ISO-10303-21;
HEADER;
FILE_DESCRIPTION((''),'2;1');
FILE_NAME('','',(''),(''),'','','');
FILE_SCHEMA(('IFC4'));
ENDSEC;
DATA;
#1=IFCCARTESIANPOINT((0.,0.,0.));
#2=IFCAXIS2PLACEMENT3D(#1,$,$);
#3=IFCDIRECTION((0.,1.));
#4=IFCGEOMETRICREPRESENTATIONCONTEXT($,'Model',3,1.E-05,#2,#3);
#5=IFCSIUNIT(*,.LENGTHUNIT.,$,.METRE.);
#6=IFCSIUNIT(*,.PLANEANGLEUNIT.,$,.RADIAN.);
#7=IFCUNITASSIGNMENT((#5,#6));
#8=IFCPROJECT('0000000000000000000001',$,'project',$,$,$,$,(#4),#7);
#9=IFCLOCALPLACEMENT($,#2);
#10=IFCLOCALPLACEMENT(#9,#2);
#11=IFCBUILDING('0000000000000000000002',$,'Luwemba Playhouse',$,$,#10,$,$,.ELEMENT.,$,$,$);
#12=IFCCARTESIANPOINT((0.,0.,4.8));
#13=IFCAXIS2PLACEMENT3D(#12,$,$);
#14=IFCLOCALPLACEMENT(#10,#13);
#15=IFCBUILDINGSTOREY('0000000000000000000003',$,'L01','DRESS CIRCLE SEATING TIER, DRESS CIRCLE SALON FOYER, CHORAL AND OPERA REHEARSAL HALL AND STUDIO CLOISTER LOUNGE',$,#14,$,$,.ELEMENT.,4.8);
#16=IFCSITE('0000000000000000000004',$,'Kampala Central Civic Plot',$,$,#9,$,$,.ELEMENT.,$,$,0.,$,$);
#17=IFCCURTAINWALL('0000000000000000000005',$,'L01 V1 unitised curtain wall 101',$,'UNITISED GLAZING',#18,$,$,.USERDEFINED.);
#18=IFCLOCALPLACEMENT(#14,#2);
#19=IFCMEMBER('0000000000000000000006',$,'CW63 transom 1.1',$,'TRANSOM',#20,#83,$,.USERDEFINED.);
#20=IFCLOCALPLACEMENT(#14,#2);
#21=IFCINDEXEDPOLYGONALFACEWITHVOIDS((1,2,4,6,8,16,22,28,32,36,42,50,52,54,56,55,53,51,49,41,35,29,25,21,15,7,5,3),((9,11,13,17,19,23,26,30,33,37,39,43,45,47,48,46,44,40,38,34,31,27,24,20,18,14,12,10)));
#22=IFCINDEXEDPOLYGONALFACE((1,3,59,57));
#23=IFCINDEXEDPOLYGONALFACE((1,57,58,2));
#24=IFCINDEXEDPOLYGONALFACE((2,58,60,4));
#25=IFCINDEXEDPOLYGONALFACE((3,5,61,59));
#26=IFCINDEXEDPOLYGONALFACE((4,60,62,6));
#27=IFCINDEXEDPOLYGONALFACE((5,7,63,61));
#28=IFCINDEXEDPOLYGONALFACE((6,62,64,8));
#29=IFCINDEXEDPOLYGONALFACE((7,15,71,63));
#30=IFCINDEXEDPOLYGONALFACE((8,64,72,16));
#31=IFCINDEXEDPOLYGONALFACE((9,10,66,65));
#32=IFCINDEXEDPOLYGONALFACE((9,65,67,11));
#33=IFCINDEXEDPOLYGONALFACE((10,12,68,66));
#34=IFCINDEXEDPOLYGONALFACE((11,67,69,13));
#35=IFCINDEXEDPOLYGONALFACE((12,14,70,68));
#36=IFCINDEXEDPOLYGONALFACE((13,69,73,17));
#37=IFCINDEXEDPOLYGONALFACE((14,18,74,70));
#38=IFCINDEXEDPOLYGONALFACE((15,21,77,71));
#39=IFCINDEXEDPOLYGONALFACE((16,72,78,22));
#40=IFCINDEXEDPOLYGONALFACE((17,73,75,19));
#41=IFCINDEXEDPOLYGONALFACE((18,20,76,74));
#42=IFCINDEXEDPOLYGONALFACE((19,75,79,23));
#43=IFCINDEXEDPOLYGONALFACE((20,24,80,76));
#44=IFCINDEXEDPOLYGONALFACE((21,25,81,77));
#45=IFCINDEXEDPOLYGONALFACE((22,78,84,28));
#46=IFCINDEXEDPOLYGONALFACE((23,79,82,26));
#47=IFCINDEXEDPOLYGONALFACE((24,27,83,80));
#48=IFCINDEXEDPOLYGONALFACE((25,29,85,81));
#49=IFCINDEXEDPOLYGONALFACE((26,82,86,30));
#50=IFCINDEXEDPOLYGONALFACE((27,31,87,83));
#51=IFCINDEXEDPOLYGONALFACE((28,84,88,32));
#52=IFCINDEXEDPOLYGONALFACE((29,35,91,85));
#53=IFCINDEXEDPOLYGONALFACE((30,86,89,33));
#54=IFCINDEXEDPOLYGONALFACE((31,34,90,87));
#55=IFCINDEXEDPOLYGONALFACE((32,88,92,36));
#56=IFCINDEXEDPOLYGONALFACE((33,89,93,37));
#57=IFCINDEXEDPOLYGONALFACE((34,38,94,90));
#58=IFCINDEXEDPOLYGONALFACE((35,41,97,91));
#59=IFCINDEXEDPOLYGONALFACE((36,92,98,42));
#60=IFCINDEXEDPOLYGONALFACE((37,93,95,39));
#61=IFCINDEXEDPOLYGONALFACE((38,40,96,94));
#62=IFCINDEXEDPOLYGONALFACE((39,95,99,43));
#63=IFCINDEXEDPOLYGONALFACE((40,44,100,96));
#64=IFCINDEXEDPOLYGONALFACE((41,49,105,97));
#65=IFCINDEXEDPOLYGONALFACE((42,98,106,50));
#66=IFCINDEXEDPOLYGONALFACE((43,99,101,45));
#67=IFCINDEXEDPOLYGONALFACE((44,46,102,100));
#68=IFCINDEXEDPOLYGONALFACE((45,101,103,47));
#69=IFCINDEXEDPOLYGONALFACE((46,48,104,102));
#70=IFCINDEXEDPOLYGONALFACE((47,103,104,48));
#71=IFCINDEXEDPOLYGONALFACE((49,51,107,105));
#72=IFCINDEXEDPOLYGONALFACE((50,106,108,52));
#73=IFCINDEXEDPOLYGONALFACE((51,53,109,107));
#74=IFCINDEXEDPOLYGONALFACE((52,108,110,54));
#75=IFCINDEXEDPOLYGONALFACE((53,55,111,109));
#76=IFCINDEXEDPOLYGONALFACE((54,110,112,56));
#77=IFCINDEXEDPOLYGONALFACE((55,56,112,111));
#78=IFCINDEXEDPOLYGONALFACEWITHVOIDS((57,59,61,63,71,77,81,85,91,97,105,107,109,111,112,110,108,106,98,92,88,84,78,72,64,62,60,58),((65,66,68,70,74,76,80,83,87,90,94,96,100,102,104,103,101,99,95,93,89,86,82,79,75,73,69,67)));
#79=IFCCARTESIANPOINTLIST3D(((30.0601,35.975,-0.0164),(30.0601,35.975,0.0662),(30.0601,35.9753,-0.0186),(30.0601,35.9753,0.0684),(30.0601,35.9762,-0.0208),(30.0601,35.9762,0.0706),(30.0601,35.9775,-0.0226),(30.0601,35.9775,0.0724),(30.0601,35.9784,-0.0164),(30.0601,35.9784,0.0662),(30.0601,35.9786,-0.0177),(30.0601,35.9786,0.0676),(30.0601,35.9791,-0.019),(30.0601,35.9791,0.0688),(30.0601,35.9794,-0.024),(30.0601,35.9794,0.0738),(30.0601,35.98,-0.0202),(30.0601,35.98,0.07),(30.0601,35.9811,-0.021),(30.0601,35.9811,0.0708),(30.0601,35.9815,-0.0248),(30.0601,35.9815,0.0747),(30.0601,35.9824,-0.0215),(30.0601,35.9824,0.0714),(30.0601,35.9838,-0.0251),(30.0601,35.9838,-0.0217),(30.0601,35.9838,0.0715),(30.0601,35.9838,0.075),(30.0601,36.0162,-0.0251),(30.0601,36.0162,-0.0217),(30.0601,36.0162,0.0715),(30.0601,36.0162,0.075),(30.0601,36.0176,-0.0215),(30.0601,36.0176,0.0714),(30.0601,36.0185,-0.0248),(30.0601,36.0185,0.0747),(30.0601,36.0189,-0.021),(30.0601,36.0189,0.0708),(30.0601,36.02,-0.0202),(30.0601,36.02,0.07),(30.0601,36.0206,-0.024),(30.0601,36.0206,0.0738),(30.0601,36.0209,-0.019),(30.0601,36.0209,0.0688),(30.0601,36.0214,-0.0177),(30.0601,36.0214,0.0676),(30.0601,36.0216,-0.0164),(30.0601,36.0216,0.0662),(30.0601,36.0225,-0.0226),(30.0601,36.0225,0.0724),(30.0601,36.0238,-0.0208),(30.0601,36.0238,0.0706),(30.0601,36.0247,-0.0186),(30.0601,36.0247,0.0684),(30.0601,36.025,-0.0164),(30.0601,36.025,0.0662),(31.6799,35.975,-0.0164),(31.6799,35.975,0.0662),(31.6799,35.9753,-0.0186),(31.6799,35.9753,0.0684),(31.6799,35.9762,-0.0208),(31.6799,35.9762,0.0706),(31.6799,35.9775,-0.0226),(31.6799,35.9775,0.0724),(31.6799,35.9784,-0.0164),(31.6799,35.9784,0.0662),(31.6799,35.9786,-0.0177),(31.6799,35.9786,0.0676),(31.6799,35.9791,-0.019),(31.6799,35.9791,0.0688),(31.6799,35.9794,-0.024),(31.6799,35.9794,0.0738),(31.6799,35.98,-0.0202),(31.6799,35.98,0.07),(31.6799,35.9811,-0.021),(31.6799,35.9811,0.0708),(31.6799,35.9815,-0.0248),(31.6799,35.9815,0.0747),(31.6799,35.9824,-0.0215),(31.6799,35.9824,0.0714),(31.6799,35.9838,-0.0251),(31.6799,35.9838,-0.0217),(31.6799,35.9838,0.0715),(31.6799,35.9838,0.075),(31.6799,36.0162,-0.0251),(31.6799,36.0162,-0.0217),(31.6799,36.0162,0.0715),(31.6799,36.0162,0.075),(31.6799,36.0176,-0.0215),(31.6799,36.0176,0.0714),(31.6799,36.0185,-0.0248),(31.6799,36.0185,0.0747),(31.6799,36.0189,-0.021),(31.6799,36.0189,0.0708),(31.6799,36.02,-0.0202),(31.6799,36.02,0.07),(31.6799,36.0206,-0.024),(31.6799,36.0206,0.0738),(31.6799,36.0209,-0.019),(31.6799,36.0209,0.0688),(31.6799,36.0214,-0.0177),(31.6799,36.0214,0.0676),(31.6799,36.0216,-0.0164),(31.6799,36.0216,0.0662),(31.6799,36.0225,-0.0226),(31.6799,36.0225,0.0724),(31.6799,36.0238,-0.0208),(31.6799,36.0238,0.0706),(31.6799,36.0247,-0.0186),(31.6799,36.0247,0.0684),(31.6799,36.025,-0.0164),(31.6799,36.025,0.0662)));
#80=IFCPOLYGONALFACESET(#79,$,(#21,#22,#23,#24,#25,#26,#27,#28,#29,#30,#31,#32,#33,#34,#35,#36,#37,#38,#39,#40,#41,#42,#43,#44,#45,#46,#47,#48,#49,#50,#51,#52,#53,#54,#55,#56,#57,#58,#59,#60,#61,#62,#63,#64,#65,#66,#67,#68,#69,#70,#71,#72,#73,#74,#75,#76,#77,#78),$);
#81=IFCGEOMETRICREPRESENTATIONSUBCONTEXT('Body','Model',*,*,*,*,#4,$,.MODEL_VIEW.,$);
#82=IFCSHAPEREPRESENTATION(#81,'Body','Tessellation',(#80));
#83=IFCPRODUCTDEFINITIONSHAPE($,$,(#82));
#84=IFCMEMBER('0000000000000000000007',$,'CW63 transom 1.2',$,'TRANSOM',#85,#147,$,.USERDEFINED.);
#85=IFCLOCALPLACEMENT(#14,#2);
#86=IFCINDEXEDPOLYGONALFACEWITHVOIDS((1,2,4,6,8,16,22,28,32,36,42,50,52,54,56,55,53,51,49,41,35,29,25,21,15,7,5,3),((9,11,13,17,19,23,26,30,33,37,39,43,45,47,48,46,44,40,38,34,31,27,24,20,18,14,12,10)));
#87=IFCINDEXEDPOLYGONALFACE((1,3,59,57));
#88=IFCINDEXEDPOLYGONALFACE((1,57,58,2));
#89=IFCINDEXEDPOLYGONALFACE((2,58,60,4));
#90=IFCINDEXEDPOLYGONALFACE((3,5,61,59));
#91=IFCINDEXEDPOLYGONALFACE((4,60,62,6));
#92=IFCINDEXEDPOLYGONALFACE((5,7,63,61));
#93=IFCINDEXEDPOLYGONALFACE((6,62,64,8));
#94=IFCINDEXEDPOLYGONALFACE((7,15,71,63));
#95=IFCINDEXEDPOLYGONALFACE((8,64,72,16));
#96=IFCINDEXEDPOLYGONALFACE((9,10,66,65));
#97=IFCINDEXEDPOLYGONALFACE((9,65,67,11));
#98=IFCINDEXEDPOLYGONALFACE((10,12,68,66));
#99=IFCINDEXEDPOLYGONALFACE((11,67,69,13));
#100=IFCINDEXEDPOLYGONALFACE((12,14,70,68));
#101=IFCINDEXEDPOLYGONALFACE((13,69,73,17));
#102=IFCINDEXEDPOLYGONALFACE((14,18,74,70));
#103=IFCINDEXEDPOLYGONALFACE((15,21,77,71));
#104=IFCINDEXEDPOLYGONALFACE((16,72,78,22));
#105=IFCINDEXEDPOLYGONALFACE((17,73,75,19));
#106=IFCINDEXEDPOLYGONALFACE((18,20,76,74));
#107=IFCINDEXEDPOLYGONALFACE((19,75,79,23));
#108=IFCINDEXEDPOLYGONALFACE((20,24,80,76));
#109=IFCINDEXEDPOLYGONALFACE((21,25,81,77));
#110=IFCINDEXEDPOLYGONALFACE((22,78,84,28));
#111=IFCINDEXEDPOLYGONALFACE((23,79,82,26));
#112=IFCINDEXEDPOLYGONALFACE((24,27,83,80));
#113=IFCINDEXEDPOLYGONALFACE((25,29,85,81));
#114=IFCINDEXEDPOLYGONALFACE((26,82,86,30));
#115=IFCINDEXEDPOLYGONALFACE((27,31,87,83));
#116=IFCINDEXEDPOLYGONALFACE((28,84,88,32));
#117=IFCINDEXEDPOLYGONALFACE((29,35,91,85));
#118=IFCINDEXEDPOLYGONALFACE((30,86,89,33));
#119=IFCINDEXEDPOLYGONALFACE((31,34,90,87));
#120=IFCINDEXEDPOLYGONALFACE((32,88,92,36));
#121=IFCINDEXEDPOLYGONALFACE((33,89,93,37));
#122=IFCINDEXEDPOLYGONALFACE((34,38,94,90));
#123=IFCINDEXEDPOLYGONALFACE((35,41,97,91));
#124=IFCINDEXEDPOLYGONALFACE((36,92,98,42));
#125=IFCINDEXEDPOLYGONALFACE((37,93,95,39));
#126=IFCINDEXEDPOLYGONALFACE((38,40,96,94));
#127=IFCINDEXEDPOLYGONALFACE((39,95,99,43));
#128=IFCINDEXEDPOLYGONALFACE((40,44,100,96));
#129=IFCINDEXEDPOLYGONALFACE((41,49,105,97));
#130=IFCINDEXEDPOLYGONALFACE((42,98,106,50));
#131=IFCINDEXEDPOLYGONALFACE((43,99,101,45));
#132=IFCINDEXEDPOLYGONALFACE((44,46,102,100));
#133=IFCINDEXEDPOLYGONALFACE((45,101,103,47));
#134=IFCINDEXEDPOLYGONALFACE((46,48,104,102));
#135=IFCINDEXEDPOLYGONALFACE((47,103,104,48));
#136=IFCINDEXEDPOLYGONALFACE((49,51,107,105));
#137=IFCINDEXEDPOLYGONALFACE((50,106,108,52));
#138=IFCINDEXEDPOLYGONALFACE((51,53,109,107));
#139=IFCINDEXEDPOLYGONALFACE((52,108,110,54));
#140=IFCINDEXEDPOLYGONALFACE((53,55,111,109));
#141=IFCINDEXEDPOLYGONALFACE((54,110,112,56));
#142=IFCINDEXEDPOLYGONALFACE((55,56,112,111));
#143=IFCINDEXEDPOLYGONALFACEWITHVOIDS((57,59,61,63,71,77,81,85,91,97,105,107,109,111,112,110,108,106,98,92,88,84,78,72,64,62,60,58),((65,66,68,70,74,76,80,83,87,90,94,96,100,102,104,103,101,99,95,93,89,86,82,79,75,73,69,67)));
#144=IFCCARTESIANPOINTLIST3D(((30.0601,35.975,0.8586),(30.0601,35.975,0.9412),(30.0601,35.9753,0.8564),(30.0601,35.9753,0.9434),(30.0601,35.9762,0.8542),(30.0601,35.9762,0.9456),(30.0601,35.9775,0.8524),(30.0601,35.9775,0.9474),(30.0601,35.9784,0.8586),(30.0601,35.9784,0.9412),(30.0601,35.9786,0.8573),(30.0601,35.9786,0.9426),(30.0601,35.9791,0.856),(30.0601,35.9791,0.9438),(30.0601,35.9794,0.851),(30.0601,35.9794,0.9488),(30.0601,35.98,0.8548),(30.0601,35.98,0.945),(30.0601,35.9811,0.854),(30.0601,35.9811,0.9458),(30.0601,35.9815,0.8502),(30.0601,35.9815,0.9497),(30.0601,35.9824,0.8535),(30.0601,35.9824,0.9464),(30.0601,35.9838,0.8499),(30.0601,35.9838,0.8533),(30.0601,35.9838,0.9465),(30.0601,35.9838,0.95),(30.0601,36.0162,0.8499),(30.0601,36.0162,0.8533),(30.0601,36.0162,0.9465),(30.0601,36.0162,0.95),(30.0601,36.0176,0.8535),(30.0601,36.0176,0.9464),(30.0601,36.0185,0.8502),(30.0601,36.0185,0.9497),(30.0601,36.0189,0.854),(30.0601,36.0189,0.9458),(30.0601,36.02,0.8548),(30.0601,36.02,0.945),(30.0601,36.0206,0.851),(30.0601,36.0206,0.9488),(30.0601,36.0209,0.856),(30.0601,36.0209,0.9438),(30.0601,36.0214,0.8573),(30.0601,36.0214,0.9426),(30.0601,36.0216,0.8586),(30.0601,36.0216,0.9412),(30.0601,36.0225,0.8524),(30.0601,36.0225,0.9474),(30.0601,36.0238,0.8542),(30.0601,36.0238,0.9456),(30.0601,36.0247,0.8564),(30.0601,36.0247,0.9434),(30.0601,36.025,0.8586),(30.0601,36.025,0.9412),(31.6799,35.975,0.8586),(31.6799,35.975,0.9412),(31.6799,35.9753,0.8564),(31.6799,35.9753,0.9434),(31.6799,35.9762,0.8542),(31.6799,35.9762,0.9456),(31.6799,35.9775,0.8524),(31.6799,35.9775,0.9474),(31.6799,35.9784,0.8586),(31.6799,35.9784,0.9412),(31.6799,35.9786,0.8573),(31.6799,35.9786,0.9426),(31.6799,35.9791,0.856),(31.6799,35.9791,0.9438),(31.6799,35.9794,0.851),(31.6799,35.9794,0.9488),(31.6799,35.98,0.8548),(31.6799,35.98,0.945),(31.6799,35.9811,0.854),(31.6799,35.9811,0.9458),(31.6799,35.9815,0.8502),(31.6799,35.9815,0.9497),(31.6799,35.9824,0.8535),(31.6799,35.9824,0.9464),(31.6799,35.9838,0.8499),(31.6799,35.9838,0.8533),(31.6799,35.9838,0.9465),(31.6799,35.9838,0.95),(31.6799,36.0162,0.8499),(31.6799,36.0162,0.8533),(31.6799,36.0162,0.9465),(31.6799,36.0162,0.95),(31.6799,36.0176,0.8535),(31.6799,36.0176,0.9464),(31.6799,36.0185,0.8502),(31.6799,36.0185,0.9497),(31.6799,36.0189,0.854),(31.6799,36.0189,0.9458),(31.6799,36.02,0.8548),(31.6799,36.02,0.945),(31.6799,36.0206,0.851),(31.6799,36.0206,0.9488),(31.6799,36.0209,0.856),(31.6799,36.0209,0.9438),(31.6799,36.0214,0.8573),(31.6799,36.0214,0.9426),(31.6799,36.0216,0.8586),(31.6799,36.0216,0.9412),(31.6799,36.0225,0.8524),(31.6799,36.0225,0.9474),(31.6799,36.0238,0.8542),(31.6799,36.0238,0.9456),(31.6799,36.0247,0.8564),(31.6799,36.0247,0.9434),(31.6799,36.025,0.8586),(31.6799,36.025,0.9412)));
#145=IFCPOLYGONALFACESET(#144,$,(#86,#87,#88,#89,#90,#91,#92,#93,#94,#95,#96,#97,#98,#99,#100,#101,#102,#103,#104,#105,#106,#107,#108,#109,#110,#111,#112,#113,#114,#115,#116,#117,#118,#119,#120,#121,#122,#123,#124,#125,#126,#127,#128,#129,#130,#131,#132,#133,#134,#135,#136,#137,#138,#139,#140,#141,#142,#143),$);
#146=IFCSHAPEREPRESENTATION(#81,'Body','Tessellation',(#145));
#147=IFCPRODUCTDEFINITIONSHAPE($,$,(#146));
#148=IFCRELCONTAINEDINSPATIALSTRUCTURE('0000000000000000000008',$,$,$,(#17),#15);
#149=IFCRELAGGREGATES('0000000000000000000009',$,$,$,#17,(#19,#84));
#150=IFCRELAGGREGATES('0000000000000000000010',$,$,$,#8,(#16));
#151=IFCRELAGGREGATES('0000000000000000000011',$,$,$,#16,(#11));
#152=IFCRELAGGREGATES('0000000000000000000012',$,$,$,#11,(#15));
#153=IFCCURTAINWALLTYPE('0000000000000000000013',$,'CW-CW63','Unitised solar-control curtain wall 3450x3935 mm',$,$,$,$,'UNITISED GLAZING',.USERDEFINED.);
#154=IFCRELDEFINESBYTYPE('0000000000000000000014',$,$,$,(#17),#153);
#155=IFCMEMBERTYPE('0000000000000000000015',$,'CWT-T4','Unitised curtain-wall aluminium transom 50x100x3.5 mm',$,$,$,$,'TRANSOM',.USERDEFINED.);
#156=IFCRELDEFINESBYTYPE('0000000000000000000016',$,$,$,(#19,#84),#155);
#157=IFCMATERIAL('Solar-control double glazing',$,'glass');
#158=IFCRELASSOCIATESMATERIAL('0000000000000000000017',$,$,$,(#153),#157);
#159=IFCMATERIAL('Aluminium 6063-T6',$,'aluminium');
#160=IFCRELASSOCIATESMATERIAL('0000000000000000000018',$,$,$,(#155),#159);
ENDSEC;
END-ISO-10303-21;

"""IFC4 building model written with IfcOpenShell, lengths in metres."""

from ifc_helpers import new_model, si_unit, direction, frame, origin, origin_2d, place, context, subcontext, project, spatial, hollow_rectangle, extrude, material, material_profile, profile_set, type_object, element, aggregate, save


model = new_model("IFC4")

# Units and contexts
model_context = context("Model", 3, precision=1e-05, world=origin(), true_north=direction((0.0, 1.0)))
body_context = subcontext(model_context, "Body", "Model", "MODEL_VIEW")
ifc_project = project(units=[si_unit("LENGTHUNIT", "METRE"), si_unit("PLANEANGLEUNIT", "RADIAN")], contexts=[model_context])

# Site, building, storey
site_placement = place(None, origin())
site = spatial("IfcSite", under=ifc_project, at=site_placement, Name="Kampala Central Civic Plot", CompositionType="ELEMENT", RefElevation=0.0)
building_placement = place(site_placement, origin())
building = spatial("IfcBuilding", under=site, at=building_placement, Name="Luwemba Playhouse", CompositionType="ELEMENT")
storey_placement = place(building_placement, frame((0.0, 0.0, 4.8)))
storey = spatial("IfcBuildingStorey", under=building, at=storey_placement, Name="L01", Description="DRESS CIRCLE SEATING TIER, DRESS CIRCLE SALON FOYER, CHORAL AND OPERA REHEARSAL HALL AND STUDIO CLOISTER LOUNGE", CompositionType="ELEMENT", Elevation=4.8)

# Curtain wall
ifc_material_1 = material(Name="Solar-control double glazing", Category="glass")
ifc_material_2 = material(Name="Aluminium 6063-T6", Category="aluminium")
curtain_wall_type_1 = type_object("IfcCurtainWallType", Name="CW-CW63", Description="Unitised solar-control curtain wall 3450x3935 mm", ElementType="UNITISED GLAZING", PredefinedType="USERDEFINED", material=ifc_material_1)
curtain_wall_1_placement = place(storey_placement, origin())
curtain_wall_1 = element("IfcCurtainWall", 1, at=curtain_wall_1_placement, inside=storey, type_object=curtain_wall_type_1, Name="L01 V1 unitised curtain wall 101", ObjectType="UNITISED GLAZING", PredefinedType="USERDEFINED")

# Members
ifc_material_profile_1 = material_profile(ifc_material_2, hollow_rectangle(XDim=0.05, YDim=0.1001, WallThickness=0.0034, InnerFilletRadius=0.0054, OuterFilletRadius=0.0088, at=origin_2d()))
ifc_profile_set_1 = profile_set([ifc_material_profile_1], Name="Aluminium 6063-T6")
member_type_1 = type_object("IfcMemberType", Name="CWT-T4", Description="Unitised curtain-wall aluminium transom 50x100x3.5 mm", ElementType="TRANSOM", PredefinedType="USERDEFINED", material=ifc_profile_set_1)
member_1_placement = place(storey_placement, frame((31.6799, 36.0, 0.0249), z_axis=(-1.0, 0.0, 0.0), x_axis=(0.0, -1.0, 0.0)))
member_1 = element("IfcMember", 2, at=member_1_placement, type_object=member_type_1, Name="CW63 transom 1.1", ObjectType="TRANSOM", PredefinedType="USERDEFINED", context=body_context, shape_type="SweptSolid", body=[
    extrude(hollow_rectangle(XDim=0.05, YDim=0.1001, WallThickness=0.0034, InnerFilletRadius=0.0054, OuterFilletRadius=0.0088, at=origin_2d()), origin(), (0.0, 0.0, 1.0), 1.6199),
])
member_2_placement = place(storey_placement, frame((31.6799, 36.0, 0.8999), z_axis=(-1.0, 0.0, 0.0), x_axis=(0.0, -1.0, 0.0)))
member_2 = element("IfcMember", 3, at=member_2_placement, type_object=member_type_1, Name="CW63 transom 1.2", ObjectType="TRANSOM", PredefinedType="USERDEFINED", context=body_context, shape_type="SweptSolid", body=[
    extrude(hollow_rectangle(XDim=0.05, YDim=0.1001, WallThickness=0.0034, InnerFilletRadius=0.0054, OuterFilletRadius=0.0088, at=origin_2d()), origin(), (0.0, 0.0, 1.0), 1.6199),
])

aggregate(curtain_wall_1, [member_1, member_2])

save(model, "model.ifc")
